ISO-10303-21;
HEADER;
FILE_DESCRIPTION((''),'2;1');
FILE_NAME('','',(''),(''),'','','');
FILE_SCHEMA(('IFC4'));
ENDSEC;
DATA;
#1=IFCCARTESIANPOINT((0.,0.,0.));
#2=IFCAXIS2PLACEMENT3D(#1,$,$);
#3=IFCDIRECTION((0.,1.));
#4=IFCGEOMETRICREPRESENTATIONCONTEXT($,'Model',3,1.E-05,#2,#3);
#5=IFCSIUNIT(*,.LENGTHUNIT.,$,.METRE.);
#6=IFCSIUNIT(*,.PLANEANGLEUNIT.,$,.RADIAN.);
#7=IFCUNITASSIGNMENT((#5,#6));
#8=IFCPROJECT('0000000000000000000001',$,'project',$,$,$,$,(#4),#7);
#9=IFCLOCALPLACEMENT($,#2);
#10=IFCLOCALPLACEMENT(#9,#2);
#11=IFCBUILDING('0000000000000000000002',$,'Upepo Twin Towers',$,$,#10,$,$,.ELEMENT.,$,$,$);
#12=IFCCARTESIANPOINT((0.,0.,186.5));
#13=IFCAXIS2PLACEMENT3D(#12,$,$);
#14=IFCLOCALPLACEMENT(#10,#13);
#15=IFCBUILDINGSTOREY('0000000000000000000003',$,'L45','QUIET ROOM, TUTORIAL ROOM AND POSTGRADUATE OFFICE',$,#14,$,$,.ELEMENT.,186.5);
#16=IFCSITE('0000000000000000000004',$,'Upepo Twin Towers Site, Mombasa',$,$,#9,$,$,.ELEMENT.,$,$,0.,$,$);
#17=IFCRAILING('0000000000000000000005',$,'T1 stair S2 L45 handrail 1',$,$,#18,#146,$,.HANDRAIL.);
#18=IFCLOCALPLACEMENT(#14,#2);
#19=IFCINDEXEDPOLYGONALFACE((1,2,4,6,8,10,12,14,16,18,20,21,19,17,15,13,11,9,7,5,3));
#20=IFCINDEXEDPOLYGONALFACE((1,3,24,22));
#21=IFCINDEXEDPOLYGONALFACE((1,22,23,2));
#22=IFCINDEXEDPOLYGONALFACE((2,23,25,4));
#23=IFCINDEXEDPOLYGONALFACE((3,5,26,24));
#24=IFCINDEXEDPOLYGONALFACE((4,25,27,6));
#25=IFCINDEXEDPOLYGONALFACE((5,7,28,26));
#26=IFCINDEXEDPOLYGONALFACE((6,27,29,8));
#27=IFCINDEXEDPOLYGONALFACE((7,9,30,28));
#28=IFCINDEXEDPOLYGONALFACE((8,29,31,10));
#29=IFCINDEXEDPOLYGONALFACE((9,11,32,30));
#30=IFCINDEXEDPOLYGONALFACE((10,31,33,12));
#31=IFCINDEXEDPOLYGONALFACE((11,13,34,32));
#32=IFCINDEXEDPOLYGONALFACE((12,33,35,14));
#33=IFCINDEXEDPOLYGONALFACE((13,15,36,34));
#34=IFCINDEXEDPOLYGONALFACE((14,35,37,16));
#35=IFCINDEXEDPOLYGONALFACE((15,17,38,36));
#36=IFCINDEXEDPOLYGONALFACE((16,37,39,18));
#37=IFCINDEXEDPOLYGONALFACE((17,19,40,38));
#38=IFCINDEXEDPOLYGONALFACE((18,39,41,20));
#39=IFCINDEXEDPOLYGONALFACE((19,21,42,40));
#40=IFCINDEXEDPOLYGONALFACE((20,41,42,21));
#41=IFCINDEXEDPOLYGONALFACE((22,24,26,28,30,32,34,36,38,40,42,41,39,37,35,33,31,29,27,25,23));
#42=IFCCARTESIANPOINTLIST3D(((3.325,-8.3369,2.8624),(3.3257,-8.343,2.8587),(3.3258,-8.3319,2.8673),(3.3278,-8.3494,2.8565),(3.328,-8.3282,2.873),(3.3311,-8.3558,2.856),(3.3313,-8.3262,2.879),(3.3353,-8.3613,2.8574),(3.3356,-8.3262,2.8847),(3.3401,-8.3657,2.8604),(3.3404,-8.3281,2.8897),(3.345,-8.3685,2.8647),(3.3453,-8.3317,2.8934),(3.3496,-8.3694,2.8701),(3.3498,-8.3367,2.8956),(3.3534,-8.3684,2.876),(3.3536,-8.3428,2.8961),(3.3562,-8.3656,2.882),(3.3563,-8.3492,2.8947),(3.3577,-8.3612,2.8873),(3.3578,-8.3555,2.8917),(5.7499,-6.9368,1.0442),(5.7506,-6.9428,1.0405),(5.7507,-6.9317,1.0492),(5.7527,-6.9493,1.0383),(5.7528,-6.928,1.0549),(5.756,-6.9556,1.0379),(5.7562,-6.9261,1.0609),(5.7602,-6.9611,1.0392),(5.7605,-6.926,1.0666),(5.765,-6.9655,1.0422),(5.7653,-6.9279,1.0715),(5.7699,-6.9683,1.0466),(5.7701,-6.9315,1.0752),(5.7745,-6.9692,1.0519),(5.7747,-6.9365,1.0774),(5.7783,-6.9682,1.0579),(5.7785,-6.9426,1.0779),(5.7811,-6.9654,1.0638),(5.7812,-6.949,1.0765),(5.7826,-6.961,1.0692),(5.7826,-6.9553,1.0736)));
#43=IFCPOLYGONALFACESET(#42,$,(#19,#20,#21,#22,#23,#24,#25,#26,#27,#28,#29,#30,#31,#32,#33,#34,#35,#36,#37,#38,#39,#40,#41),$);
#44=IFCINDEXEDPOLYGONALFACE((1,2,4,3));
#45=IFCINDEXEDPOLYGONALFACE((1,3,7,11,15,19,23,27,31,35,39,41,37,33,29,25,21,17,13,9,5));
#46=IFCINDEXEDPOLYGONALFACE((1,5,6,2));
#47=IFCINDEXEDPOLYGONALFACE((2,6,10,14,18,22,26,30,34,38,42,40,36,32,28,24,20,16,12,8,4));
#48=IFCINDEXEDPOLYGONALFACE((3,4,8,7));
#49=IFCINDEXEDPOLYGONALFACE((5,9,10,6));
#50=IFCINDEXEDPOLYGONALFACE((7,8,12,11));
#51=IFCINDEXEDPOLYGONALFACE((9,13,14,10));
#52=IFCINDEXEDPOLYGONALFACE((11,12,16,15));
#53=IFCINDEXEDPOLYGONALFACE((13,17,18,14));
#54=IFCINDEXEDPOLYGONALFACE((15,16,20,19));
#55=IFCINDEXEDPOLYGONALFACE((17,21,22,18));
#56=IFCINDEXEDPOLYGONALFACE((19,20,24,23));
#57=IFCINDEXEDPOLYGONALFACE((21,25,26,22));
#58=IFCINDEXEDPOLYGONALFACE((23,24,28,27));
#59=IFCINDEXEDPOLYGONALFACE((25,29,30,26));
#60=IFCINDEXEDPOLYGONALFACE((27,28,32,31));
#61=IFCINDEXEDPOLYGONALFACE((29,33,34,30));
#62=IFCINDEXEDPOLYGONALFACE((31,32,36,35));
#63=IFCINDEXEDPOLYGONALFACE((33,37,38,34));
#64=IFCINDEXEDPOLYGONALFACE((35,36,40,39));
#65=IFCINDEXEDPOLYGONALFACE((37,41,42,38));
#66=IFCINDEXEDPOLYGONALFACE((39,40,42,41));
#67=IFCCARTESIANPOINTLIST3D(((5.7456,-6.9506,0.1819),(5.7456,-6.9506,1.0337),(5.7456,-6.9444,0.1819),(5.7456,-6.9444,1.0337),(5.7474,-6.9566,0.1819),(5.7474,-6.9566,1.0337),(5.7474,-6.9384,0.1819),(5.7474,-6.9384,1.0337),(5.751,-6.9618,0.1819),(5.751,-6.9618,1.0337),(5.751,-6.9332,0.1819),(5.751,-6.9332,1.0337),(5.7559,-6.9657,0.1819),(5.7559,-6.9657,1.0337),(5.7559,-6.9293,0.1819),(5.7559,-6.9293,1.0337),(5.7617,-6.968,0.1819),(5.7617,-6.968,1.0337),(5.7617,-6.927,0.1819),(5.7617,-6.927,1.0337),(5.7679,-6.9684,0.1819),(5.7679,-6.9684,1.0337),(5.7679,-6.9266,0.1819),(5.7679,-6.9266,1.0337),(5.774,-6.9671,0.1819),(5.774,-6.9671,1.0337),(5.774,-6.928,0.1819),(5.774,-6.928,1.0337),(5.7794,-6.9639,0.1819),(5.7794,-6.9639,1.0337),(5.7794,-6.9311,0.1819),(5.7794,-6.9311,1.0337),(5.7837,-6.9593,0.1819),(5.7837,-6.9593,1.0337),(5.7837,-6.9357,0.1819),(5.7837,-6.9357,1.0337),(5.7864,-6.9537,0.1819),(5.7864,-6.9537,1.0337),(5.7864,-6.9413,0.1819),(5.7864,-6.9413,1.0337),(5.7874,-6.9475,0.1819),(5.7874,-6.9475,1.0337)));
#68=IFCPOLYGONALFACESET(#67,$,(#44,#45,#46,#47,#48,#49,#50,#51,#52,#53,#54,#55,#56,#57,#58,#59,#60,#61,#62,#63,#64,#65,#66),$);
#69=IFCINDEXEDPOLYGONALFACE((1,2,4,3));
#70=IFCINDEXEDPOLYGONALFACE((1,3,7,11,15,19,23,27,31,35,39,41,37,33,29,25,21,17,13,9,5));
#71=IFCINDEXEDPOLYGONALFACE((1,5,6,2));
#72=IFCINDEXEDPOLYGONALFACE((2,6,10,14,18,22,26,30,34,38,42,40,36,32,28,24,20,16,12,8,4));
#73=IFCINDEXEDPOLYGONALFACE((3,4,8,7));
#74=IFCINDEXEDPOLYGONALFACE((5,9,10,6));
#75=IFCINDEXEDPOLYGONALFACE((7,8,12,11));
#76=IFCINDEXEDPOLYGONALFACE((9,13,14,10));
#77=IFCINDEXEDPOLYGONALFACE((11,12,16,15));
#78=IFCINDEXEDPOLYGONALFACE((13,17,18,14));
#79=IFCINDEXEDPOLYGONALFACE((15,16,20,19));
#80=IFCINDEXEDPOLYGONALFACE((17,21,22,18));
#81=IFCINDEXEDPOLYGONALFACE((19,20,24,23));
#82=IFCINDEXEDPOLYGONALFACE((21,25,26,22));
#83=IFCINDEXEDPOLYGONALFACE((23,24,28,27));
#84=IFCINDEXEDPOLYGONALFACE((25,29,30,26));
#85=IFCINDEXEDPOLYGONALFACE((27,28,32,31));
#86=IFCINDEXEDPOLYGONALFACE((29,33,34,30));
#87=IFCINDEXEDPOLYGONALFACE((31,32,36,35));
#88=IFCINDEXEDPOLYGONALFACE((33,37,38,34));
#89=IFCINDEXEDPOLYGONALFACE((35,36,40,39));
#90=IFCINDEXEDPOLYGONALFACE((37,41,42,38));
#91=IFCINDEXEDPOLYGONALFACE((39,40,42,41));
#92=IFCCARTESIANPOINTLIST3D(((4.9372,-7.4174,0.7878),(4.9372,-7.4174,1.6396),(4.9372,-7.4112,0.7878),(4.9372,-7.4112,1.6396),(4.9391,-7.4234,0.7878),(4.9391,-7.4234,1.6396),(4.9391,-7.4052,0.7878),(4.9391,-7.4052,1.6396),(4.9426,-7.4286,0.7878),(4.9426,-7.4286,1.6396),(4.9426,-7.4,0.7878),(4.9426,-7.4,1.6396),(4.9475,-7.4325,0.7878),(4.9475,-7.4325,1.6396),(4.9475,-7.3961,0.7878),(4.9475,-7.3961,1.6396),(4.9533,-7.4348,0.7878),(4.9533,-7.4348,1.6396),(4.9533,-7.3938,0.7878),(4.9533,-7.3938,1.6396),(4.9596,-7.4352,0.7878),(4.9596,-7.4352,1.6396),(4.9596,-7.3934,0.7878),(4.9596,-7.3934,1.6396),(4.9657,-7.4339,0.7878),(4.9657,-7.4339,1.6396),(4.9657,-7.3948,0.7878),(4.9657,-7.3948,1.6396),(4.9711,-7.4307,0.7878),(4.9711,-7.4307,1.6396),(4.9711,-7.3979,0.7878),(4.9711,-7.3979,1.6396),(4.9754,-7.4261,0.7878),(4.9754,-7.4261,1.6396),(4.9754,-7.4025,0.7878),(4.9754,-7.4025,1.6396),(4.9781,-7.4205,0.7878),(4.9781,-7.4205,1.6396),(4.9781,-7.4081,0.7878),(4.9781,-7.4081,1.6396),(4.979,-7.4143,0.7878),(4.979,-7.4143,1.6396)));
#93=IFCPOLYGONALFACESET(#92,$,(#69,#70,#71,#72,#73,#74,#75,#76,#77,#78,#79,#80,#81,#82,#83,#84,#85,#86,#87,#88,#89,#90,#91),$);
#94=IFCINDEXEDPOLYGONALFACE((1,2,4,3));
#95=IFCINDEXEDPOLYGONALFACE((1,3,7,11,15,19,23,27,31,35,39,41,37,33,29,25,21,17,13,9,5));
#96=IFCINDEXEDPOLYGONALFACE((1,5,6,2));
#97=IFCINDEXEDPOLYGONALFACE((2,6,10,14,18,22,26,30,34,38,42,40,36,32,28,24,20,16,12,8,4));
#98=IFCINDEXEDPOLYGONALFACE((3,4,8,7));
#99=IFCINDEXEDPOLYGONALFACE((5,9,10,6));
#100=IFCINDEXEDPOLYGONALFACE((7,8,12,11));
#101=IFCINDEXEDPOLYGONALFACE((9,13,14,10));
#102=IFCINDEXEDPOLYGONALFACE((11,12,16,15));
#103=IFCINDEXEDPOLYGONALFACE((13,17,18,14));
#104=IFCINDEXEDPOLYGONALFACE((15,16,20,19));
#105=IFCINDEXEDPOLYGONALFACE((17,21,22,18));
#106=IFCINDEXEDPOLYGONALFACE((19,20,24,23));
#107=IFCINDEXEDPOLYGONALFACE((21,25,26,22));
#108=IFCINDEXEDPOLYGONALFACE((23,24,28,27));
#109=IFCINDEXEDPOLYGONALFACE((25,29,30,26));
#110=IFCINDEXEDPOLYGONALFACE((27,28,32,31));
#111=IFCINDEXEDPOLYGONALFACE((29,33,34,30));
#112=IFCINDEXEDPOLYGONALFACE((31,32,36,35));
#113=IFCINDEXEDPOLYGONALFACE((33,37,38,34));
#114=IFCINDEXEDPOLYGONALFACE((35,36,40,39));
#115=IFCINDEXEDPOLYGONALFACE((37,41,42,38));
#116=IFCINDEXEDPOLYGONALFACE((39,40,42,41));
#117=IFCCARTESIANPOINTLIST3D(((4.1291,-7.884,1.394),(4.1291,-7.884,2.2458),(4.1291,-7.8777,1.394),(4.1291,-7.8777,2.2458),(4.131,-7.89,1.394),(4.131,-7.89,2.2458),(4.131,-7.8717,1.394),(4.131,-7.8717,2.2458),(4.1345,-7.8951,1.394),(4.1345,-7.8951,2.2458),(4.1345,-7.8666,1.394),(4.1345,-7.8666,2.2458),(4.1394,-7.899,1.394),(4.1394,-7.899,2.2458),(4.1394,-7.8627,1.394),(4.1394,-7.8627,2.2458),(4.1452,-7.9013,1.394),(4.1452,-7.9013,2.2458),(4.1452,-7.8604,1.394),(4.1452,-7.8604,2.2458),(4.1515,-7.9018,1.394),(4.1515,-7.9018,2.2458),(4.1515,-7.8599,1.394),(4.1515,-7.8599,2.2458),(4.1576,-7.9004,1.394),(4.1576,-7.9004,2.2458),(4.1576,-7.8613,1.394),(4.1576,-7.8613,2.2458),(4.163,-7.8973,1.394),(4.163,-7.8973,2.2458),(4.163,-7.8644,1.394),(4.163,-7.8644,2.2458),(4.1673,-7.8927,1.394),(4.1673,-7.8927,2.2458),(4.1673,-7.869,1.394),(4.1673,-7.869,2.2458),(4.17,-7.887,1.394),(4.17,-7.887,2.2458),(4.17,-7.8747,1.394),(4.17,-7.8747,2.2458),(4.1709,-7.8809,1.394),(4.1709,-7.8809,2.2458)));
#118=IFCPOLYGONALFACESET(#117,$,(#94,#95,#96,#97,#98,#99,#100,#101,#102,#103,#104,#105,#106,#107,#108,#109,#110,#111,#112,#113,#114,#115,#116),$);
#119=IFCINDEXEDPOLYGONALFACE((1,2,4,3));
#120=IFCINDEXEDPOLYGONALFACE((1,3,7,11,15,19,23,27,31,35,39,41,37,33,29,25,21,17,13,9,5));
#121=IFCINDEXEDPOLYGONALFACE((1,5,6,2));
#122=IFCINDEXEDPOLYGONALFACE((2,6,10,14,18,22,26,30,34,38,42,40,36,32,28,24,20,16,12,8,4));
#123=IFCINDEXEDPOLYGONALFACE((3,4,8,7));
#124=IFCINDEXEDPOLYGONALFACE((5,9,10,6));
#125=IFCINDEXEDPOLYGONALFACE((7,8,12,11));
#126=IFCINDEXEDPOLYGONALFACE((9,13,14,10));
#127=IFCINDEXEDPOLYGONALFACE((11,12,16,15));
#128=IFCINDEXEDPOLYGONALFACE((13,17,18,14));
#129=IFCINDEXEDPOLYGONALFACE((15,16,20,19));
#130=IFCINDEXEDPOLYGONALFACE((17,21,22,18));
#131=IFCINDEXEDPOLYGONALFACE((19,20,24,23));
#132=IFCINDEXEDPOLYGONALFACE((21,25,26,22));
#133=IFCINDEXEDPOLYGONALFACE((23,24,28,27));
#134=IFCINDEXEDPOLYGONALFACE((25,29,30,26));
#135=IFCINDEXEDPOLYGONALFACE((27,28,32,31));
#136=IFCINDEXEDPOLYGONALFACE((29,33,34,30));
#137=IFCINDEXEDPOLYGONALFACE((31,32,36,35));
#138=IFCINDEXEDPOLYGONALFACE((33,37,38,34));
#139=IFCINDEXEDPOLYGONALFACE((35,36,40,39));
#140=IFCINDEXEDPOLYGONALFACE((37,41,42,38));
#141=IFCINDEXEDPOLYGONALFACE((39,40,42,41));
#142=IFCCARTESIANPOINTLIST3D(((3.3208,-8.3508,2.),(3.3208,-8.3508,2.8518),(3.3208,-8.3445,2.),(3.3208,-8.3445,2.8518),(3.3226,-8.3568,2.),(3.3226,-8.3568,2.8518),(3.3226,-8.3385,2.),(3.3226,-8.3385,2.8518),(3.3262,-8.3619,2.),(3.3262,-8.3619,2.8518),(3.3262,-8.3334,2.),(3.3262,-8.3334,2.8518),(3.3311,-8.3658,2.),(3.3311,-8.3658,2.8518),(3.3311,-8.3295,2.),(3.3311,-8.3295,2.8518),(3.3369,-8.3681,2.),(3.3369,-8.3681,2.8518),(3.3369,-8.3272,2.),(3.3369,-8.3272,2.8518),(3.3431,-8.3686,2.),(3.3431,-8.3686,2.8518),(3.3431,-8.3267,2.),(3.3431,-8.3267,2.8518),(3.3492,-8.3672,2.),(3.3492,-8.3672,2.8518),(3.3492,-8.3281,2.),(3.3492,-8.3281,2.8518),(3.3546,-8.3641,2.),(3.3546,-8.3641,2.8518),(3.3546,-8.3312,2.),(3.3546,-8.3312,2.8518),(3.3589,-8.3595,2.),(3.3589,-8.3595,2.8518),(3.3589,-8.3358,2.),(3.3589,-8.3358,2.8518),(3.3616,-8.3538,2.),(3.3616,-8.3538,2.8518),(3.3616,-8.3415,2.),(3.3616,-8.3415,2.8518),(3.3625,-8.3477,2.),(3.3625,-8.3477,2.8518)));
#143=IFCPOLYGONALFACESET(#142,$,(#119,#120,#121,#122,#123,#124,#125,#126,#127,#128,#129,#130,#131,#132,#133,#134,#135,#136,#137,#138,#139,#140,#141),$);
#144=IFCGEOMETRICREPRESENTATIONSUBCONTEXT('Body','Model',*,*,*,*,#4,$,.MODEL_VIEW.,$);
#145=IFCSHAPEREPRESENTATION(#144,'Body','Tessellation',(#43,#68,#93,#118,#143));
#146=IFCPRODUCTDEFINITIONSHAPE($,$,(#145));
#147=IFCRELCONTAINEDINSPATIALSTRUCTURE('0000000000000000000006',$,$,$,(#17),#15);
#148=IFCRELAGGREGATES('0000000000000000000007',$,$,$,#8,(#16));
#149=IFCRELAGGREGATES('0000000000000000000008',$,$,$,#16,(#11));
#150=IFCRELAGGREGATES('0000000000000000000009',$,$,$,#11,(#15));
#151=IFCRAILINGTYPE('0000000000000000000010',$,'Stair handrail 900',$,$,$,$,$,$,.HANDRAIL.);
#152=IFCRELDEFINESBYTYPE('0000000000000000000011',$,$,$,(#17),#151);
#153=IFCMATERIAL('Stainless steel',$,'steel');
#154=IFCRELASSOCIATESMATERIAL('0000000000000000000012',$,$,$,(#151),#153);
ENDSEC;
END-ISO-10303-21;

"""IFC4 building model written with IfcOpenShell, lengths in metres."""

from ifc_helpers import new_model, si_unit, direction, frame, origin, origin_2d, place, context, subcontext, project, spatial, circle, extrude, material, type_object, element, save


model = new_model("IFC4")

# Units and contexts
model_context = context("Model", 3, precision=1e-05, world=origin(), true_north=direction((0.0, 1.0)))
body_context = subcontext(model_context, "Body", "Model", "MODEL_VIEW")
ifc_project = project(units=[si_unit("LENGTHUNIT", "METRE"), si_unit("PLANEANGLEUNIT", "RADIAN")], contexts=[model_context])

# Site, building, storey
site_placement = place(None, origin())
site = spatial("IfcSite", under=ifc_project, at=site_placement, Name="Upepo Twin Towers Site, Mombasa", CompositionType="ELEMENT", RefElevation=0.0)
building_placement = place(site_placement, origin())
building = spatial("IfcBuilding", under=site, at=building_placement, Name="Upepo Twin Towers", CompositionType="ELEMENT")
storey_placement = place(building_placement, frame((0.0, 0.0, 186.5)))
storey = spatial("IfcBuildingStorey", under=building, at=storey_placement, Name="L45", Description="QUIET ROOM, TUTORIAL ROOM AND POSTGRADUATE OFFICE", CompositionType="ELEMENT", Elevation=186.5)

# Railing
ifc_material_1 = material(Name="Stainless steel", Category="steel")
railing_type = type_object("IfcRailingType", Name="Stair handrail 900", PredefinedType="HANDRAIL", material=ifc_material_1)
railing_1_placement = place(storey_placement, frame((5.7664, -6.9475, 0.1819)))
element("IfcRailing", 1, at=railing_1_placement, inside=storey, type_object=railing_type, Name="T1 stair S2 L45 handrail 1", PredefinedType="HANDRAIL", context=body_context, shape_type="SweptSolid", body=[
    extrude(circle(Radius=0.0239, at=origin_2d()), frame((0.0, 0.0, 0.876), z_axis=(-0.726314, -0.419393, 0.544589), x_axis=(0.50005, -0.865997, 0.0)), (0.0, 0.0, 1.0), 3.3386),
    extrude(circle(Radius=0.021, at=origin_2d()), origin(), (0.0, 0.0, 1.0), 0.8518),
    extrude(circle(Radius=0.021, at=origin_2d()), frame((-0.8083, -0.4668, 0.606)), (0.0, 0.0, 1.0), 0.8518),
    extrude(circle(Radius=0.021, at=origin_2d()), frame((-1.6165, -0.9333, 1.2122)), (0.0, 0.0, 1.0), 0.8518),
    extrude(circle(Radius=0.021, at=origin_2d()), frame((-2.4248, -1.4001, 1.8181)), (0.0, 0.0, 1.0), 0.8518),
])

save(model, "model.ifc")
